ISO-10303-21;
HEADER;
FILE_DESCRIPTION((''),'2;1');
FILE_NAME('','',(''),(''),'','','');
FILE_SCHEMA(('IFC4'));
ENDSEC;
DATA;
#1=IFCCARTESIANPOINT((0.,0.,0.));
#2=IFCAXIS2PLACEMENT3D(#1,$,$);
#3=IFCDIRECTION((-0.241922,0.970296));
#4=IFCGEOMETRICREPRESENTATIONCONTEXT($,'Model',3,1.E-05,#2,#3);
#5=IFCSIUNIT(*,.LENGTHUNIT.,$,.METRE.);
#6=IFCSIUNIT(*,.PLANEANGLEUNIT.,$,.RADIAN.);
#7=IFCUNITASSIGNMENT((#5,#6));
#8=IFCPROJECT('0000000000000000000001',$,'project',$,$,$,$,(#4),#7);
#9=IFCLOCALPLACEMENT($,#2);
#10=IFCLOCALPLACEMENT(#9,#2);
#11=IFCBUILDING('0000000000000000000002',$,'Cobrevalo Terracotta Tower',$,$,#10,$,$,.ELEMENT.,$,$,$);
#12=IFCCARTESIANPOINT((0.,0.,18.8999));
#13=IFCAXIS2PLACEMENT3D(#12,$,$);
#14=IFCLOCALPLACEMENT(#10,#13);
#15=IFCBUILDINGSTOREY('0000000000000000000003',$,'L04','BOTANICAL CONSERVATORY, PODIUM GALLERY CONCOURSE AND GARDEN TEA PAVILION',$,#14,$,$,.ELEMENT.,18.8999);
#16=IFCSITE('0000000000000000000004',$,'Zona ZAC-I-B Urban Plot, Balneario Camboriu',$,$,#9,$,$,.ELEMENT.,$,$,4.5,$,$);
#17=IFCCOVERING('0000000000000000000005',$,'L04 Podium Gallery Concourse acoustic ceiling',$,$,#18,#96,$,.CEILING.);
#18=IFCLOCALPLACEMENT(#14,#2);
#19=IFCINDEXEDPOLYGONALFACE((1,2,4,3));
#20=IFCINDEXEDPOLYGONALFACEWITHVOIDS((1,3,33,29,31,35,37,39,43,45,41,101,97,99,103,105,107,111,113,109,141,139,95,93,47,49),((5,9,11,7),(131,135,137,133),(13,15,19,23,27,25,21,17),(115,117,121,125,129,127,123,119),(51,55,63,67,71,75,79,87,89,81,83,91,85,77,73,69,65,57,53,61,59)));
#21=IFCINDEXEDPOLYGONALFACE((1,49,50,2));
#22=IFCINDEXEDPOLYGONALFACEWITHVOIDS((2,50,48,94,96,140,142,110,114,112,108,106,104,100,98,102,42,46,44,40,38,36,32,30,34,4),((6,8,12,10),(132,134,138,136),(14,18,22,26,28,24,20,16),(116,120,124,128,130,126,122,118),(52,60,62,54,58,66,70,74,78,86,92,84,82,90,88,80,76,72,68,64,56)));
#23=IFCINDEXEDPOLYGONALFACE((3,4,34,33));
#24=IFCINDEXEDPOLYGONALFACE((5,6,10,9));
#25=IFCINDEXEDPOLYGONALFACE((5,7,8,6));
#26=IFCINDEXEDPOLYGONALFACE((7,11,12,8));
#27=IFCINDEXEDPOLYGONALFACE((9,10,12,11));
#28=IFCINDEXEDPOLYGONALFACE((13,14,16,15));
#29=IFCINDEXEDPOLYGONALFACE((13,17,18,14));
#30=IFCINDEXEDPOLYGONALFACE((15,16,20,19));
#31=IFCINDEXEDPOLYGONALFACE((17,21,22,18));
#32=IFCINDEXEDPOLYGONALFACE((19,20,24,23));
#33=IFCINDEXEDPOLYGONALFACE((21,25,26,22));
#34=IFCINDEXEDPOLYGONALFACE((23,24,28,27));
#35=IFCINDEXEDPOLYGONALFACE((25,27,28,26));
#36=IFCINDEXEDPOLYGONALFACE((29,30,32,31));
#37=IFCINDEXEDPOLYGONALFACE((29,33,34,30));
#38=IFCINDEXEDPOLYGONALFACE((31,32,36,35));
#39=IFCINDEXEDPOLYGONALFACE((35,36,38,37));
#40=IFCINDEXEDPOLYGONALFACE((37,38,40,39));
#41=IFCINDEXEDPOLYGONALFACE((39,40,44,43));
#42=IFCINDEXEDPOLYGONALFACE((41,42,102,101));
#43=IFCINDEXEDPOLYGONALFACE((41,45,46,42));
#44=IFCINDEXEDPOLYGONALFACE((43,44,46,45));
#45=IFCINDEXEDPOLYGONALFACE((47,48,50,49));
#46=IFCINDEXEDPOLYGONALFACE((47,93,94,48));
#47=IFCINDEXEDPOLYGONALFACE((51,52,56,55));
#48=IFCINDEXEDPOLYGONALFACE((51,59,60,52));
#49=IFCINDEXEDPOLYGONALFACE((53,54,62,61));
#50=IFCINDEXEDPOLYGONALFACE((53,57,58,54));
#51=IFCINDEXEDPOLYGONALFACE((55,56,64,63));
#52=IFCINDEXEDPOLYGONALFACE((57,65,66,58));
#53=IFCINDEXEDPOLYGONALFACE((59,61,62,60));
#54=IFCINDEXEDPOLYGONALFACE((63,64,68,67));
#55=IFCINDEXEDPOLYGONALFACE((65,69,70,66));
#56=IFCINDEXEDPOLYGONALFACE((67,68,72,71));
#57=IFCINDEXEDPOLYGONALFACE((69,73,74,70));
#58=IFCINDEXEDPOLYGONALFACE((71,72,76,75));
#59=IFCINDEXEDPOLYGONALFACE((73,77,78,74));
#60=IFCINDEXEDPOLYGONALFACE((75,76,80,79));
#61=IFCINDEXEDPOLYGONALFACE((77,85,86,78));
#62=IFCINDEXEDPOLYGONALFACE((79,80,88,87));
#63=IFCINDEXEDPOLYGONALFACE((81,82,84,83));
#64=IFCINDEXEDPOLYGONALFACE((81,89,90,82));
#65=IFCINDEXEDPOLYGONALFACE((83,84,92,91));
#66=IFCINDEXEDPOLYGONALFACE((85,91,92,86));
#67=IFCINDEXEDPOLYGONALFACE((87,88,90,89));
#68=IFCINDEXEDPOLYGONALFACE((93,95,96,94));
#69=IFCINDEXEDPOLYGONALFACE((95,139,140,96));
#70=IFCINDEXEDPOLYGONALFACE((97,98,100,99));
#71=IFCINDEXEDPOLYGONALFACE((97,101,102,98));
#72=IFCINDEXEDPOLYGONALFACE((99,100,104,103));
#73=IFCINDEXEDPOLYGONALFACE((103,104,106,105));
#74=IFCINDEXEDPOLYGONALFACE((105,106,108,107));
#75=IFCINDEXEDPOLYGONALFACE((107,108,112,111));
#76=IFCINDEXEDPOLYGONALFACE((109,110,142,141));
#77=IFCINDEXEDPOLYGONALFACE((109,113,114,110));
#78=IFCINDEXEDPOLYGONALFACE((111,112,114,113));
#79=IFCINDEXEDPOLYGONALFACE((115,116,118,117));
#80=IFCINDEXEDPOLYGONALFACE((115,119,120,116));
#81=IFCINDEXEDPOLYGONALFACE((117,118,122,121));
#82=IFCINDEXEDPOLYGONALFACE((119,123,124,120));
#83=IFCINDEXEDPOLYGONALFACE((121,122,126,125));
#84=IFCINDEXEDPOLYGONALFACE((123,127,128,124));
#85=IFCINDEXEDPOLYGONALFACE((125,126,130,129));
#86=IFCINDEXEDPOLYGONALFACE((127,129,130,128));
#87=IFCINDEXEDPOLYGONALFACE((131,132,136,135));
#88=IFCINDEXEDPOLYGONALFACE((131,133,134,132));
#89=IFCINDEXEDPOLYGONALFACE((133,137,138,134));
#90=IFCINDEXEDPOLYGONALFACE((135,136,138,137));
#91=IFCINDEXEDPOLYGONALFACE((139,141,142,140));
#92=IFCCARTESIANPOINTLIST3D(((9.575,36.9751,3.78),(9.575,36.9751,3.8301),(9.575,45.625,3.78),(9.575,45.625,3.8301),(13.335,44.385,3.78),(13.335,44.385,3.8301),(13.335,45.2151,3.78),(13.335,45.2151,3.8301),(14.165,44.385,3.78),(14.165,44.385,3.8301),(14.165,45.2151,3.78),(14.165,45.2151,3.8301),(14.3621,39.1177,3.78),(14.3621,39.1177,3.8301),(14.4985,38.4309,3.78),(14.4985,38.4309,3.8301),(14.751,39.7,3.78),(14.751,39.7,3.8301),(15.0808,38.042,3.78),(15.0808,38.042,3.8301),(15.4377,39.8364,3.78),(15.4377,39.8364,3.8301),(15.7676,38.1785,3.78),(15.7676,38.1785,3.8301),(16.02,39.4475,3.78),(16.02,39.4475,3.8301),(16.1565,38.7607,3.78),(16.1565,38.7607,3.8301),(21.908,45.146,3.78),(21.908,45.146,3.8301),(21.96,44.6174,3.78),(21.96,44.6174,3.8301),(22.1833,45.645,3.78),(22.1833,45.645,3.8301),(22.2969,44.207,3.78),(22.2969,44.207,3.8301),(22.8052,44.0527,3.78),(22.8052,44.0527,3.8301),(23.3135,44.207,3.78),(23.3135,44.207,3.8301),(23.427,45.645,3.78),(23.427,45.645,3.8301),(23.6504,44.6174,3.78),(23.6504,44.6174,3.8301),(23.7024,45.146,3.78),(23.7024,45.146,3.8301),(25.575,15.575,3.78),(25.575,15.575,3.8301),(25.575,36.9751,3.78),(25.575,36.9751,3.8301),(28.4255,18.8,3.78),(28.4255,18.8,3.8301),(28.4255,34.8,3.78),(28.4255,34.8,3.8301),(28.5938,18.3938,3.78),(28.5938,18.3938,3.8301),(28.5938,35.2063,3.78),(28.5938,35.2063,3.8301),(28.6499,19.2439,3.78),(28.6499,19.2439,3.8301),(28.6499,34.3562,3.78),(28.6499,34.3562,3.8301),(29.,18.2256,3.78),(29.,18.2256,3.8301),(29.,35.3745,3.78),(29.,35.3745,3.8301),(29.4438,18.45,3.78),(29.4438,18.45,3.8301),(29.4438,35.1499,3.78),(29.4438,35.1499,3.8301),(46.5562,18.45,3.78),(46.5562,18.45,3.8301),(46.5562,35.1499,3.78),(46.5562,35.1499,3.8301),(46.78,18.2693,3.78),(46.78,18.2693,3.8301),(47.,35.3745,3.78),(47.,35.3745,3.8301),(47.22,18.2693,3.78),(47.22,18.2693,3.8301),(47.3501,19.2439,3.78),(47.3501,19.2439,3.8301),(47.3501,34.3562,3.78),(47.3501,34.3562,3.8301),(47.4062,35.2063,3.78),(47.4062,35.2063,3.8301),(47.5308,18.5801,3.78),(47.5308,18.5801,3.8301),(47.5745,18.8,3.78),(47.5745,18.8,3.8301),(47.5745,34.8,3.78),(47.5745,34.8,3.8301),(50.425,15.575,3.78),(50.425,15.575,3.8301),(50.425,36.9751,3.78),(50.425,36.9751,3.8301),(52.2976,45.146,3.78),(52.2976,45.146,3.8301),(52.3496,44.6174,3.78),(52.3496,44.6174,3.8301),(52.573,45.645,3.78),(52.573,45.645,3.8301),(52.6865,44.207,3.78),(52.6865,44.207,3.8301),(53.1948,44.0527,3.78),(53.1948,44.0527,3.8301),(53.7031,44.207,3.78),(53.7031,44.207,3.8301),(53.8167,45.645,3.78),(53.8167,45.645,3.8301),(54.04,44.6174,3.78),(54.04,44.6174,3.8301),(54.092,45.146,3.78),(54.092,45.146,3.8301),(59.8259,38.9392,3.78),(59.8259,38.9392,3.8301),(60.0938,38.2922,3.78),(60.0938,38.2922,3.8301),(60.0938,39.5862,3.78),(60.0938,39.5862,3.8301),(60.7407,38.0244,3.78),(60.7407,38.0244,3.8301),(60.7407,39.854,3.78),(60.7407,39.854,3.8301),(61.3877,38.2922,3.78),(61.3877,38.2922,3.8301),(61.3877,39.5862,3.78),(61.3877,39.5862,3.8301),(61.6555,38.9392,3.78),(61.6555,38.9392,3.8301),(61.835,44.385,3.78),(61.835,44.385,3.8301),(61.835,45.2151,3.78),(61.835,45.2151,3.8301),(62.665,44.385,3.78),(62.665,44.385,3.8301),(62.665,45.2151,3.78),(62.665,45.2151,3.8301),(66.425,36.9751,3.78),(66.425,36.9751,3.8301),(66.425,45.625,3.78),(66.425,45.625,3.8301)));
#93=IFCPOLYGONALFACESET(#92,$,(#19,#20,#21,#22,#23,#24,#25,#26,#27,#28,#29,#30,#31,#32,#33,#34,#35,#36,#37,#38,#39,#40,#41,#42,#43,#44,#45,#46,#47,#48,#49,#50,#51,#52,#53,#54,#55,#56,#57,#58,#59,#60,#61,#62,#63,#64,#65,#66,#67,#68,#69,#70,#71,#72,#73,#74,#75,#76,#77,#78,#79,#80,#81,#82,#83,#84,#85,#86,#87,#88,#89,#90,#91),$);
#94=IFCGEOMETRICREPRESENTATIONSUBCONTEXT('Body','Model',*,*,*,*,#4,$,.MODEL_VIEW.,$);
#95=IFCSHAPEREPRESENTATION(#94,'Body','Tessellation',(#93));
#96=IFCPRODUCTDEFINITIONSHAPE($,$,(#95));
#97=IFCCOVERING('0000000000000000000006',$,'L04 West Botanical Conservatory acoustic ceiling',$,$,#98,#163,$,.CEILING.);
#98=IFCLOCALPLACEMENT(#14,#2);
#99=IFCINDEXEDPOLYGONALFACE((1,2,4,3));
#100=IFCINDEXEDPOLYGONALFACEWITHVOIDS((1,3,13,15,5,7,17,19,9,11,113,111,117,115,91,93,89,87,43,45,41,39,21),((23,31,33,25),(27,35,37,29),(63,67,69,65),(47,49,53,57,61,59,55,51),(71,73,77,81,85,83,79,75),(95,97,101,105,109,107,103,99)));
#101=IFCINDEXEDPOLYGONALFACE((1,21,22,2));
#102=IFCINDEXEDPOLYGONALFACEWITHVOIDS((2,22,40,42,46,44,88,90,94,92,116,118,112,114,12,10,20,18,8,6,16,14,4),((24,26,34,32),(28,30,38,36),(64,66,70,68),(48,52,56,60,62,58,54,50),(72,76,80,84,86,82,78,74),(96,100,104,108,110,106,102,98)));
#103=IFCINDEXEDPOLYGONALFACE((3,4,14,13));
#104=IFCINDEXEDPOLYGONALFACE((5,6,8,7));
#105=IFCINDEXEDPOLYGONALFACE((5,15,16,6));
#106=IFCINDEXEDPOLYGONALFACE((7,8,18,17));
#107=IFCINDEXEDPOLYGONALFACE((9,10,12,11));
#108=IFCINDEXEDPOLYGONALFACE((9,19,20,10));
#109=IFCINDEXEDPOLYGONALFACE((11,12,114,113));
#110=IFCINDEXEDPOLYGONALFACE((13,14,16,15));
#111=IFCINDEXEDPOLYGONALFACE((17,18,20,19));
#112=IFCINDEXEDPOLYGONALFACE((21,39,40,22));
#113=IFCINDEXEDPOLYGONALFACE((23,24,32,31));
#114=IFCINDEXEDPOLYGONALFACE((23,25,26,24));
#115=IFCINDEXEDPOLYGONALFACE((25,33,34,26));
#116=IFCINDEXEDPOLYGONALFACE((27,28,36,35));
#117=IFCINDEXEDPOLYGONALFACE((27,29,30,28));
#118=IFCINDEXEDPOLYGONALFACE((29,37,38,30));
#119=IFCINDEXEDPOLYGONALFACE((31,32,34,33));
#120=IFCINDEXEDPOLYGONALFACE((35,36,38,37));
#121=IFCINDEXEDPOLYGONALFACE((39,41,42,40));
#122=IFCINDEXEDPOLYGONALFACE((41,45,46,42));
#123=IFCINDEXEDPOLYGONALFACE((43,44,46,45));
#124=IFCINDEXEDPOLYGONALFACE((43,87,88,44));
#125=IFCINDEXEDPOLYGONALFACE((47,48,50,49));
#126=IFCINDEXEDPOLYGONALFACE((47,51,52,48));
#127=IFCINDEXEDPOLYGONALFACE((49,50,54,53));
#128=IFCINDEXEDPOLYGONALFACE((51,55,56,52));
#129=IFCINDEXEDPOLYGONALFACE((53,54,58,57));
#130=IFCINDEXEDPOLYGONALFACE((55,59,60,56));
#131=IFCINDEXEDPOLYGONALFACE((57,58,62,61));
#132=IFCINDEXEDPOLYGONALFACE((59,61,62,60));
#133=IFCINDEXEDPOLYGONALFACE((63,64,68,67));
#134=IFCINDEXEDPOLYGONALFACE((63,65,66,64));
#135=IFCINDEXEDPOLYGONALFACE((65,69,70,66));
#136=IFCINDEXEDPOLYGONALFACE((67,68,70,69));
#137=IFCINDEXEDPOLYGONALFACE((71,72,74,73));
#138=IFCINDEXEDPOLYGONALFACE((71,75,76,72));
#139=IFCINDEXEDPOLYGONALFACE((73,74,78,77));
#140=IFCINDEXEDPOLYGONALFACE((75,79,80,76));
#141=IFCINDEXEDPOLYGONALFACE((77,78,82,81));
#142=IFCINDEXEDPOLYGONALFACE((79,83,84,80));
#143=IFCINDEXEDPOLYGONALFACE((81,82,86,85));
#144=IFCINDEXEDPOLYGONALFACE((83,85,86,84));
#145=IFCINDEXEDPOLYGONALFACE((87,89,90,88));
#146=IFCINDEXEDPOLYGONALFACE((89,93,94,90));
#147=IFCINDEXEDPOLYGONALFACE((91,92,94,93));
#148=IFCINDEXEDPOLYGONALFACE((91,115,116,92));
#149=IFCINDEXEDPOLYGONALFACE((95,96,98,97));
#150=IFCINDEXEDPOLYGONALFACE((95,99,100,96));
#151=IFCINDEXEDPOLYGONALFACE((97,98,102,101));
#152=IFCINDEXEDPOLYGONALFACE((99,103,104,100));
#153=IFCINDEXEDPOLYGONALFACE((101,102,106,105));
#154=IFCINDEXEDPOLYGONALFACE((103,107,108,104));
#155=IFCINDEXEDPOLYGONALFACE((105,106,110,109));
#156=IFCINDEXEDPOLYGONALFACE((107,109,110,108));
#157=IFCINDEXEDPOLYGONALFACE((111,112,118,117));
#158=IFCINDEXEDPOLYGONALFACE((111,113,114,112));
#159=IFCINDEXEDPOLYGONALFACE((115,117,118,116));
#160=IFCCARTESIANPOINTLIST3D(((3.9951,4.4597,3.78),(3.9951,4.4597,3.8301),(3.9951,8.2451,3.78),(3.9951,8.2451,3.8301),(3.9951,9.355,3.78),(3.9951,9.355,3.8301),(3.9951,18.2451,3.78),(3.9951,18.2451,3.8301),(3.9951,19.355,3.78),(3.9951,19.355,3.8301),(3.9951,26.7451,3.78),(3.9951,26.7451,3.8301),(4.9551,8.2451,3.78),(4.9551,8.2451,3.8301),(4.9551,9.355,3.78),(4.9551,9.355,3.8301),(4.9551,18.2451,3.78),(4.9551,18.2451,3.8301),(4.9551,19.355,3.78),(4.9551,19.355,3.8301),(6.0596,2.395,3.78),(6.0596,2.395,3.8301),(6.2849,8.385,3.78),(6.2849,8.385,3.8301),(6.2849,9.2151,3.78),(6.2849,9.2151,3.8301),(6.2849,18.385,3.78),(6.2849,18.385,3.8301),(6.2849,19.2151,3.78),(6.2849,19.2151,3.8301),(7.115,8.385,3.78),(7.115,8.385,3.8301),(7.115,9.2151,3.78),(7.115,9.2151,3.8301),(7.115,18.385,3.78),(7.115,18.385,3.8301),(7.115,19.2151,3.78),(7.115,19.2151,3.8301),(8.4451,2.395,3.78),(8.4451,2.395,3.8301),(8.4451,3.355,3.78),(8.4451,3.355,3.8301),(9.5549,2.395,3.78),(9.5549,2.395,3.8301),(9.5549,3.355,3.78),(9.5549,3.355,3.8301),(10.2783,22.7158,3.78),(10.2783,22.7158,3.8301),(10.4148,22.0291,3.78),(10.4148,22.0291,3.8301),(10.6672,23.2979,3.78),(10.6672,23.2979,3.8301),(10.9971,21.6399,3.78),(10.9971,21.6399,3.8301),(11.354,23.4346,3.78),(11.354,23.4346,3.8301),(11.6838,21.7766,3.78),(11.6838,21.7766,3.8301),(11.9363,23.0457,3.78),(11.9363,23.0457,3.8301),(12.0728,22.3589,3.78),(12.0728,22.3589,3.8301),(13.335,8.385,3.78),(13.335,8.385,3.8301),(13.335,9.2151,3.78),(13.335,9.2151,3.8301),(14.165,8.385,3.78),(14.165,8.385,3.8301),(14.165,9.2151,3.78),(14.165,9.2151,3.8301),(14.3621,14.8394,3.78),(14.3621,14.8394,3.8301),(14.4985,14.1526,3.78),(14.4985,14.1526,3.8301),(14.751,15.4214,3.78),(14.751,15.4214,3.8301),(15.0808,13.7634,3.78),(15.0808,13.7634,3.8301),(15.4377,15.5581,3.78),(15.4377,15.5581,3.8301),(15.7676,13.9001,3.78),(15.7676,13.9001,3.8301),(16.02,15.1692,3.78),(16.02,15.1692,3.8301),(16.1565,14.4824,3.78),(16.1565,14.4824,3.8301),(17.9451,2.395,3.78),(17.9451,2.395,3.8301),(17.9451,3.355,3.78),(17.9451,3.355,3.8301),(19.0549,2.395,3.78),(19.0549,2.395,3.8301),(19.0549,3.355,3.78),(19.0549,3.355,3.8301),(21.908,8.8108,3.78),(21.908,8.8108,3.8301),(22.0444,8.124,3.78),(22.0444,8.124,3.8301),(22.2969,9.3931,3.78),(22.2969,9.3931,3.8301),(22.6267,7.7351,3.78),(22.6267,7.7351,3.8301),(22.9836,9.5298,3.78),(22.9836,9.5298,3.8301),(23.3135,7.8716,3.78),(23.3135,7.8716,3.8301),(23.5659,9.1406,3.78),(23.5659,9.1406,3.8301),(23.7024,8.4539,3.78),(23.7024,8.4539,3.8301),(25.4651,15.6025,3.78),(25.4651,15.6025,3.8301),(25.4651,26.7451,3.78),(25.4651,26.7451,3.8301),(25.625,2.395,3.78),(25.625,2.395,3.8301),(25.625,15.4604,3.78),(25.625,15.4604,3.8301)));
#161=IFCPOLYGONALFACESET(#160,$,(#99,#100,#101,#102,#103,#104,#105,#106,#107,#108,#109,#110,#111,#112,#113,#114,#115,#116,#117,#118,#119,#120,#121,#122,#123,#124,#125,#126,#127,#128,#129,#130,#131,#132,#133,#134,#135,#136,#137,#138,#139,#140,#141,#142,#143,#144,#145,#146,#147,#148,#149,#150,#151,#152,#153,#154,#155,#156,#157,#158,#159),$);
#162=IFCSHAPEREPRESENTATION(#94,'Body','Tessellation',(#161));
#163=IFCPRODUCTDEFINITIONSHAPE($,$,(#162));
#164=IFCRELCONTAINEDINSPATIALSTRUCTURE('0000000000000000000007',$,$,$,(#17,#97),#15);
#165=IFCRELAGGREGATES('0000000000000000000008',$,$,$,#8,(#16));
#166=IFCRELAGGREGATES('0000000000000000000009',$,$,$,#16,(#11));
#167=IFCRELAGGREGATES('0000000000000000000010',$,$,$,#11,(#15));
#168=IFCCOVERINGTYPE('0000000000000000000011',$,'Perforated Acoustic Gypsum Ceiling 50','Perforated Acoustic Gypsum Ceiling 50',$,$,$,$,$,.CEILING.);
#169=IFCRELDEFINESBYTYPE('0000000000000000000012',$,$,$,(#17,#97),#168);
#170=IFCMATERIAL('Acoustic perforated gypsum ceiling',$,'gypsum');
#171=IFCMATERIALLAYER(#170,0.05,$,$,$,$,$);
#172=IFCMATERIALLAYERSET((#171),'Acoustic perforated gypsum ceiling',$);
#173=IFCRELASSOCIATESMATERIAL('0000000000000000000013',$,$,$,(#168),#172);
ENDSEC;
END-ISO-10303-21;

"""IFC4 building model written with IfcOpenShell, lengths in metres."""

from ifc_helpers import new_model, si_unit, direction, frame, origin, place, context, subcontext, project, spatial, polyline, outline, extrude, material, layer, layer_set, type_object, element, save


model = new_model("IFC4")

# Units and contexts
model_context = context("Model", 3, precision=1e-05, world=origin(), true_north=direction((-0.241922, 0.970296)))
body_context = subcontext(model_context, "Body", "Model", "MODEL_VIEW")
ifc_project = project(units=[si_unit("LENGTHUNIT", "METRE"), si_unit("PLANEANGLEUNIT", "RADIAN")], contexts=[model_context])

# Site, building, storey
site_placement = place(None, origin())
site = spatial("IfcSite", under=ifc_project, at=site_placement, Name="Zona ZAC-I-B Urban Plot, Balneario Camboriu", CompositionType="ELEMENT", RefElevation=4.5)
building_placement = place(site_placement, origin())
building = spatial("IfcBuilding", under=site, at=building_placement, Name="Cobrevalo Terracotta Tower", CompositionType="ELEMENT")
storey_placement = place(building_placement, frame((0.0, 0.0, 18.8999)))
storey = spatial("IfcBuildingStorey", under=building, at=storey_placement, Name="L04", Description="BOTANICAL CONSERVATORY, PODIUM GALLERY CONCOURSE AND GARDEN TEA PAVILION", CompositionType="ELEMENT", Elevation=18.8999)

# Coverings
ifc_material_1 = material(Name="Acoustic perforated gypsum ceiling", Category="gypsum")
ifc_layer_1 = layer(ifc_material_1, 0.05)
ifc_layer_set_1 = layer_set([ifc_layer_1], Name="Acoustic perforated gypsum ceiling")
covering_type_1 = type_object("IfcCoveringType", Name="Perforated Acoustic Gypsum Ceiling 50", Description="Perforated Acoustic Gypsum Ceiling 50", PredefinedType="CEILING", material=ifc_layer_set_1)
covering_1_placement = place(storey_placement, frame((0.0, 0.0, 3.78)))
element("IfcCovering", 1, at=covering_1_placement, inside=storey, type_object=covering_type_1, Name="L04 Podium Gallery Concourse acoustic ceiling", PredefinedType="CEILING", context=body_context, shape_type="SweptSolid", body=[
    extrude(outline(polyline([(9.575, 45.625), (22.1833, 45.645), (21.908, 45.146), (21.96, 44.6174), (22.2969, 44.207), (22.8052, 44.0527), (23.3135, 44.207), (23.6504, 44.6174), (23.7024, 45.146), (23.427, 45.645), (52.573, 45.645), (52.2976, 45.146), (52.3496, 44.6174), (52.6865, 44.207), (53.1948, 44.0527), (53.7031, 44.207), (54.04, 44.6174), (54.092, 45.146), (53.8167, 45.645), (66.425, 45.625), (66.425, 36.9751), (50.425, 36.9751), (50.425, 15.575), (25.575, 15.575), (25.575, 36.9751), (9.575, 36.9751), (9.575, 45.625)]), holes=[polyline([(61.835, 45.2151), (61.835, 44.385), (62.665, 44.385), (62.665, 45.2151), (61.835, 45.2151)]), polyline([(61.3877, 38.2922), (61.6555, 38.9392), (61.3877, 39.5862), (60.7407, 39.854), (60.0938, 39.5862), (59.8259, 38.9392), (60.0938, 38.2922), (60.7407, 38.0244), (61.3877, 38.2922)]), polyline([(46.5562, 18.45), (46.78, 18.2693), (47.22, 18.2693), (47.5308, 18.5801), (47.5745, 18.8), (47.3501, 19.2439), (47.3501, 34.3562), (47.5745, 34.8), (47.4062, 35.2063), (47.0, 35.3745), (46.5562, 35.1499), (29.4438, 35.1499), (29.0, 35.3745), (28.5938, 35.2063), (28.4255, 34.8), (28.6499, 34.3562), (28.6499, 19.2439), (28.4255, 18.8), (28.5938, 18.3938), (29.0, 18.2256), (29.4438, 18.45), (46.5562, 18.45)]), polyline([(15.7676, 38.1785), (16.1565, 38.7607), (16.02, 39.4475), (15.4377, 39.8364), (14.751, 39.7), (14.3621, 39.1177), (14.4985, 38.4309), (15.0808, 38.042), (15.7676, 38.1785)]), polyline([(13.335, 45.2151), (13.335, 44.385), (14.165, 44.385), (14.165, 45.2151), (13.335, 45.2151)])]), origin(), (0.0, 0.0, 1.0), 0.05),
])
covering_2_placement = place(storey_placement, frame((0.0, 0.0, 3.78)))
element("IfcCovering", 2, at=covering_2_placement, inside=storey, type_object=covering_type_1, Name="L04 West Botanical Conservatory acoustic ceiling", PredefinedType="CEILING", context=body_context, shape_type="SweptSolid", body=[
    extrude(outline(polyline([(3.9951, 4.4597), (3.9951, 8.2451), (4.9551, 8.2451), (4.9551, 9.355), (3.9951, 9.355), (3.9951, 18.2451), (4.9551, 18.2451), (4.9551, 19.355), (3.9951, 19.355), (3.9951, 26.7451), (25.4651, 26.7451), (25.4651, 15.6025), (25.625, 15.4604), (25.625, 2.395), (19.0549, 2.395), (19.0549, 3.355), (17.9451, 3.355), (17.9451, 2.395), (9.5549, 2.395), (9.5549, 3.355), (8.4451, 3.355), (8.4451, 2.395), (6.0596, 2.395), (3.9951, 4.4597)]), holes=[polyline([(23.3135, 7.8716), (23.7024, 8.4539), (23.5659, 9.1406), (22.9836, 9.5298), (22.2969, 9.3931), (21.908, 8.8108), (22.0444, 8.124), (22.6267, 7.7351), (23.3135, 7.8716)]), polyline([(15.7676, 13.9001), (16.1565, 14.4824), (16.02, 15.1692), (15.4377, 15.5581), (14.751, 15.4214), (14.3621, 14.8394), (14.4985, 14.1526), (15.0808, 13.7634), (15.7676, 13.9001)]), polyline([(13.335, 8.385), (14.165, 8.385), (14.165, 9.2151), (13.335, 9.2151), (13.335, 8.385)]), polyline([(11.6838, 21.7766), (12.0728, 22.3589), (11.9363, 23.0457), (11.354, 23.4346), (10.6672, 23.2979), (10.2783, 22.7158), (10.4148, 22.0291), (10.9971, 21.6399), (11.6838, 21.7766)]), polyline([(6.2849, 9.2151), (6.2849, 8.385), (7.115, 8.385), (7.115, 9.2151), (6.2849, 9.2151)]), polyline([(6.2849, 18.385), (7.115, 18.385), (7.115, 19.2151), (6.2849, 19.2151), (6.2849, 18.385)])]), origin(), (0.0, 0.0, 1.0), 0.05),
])

save(model, "model.ifc")
